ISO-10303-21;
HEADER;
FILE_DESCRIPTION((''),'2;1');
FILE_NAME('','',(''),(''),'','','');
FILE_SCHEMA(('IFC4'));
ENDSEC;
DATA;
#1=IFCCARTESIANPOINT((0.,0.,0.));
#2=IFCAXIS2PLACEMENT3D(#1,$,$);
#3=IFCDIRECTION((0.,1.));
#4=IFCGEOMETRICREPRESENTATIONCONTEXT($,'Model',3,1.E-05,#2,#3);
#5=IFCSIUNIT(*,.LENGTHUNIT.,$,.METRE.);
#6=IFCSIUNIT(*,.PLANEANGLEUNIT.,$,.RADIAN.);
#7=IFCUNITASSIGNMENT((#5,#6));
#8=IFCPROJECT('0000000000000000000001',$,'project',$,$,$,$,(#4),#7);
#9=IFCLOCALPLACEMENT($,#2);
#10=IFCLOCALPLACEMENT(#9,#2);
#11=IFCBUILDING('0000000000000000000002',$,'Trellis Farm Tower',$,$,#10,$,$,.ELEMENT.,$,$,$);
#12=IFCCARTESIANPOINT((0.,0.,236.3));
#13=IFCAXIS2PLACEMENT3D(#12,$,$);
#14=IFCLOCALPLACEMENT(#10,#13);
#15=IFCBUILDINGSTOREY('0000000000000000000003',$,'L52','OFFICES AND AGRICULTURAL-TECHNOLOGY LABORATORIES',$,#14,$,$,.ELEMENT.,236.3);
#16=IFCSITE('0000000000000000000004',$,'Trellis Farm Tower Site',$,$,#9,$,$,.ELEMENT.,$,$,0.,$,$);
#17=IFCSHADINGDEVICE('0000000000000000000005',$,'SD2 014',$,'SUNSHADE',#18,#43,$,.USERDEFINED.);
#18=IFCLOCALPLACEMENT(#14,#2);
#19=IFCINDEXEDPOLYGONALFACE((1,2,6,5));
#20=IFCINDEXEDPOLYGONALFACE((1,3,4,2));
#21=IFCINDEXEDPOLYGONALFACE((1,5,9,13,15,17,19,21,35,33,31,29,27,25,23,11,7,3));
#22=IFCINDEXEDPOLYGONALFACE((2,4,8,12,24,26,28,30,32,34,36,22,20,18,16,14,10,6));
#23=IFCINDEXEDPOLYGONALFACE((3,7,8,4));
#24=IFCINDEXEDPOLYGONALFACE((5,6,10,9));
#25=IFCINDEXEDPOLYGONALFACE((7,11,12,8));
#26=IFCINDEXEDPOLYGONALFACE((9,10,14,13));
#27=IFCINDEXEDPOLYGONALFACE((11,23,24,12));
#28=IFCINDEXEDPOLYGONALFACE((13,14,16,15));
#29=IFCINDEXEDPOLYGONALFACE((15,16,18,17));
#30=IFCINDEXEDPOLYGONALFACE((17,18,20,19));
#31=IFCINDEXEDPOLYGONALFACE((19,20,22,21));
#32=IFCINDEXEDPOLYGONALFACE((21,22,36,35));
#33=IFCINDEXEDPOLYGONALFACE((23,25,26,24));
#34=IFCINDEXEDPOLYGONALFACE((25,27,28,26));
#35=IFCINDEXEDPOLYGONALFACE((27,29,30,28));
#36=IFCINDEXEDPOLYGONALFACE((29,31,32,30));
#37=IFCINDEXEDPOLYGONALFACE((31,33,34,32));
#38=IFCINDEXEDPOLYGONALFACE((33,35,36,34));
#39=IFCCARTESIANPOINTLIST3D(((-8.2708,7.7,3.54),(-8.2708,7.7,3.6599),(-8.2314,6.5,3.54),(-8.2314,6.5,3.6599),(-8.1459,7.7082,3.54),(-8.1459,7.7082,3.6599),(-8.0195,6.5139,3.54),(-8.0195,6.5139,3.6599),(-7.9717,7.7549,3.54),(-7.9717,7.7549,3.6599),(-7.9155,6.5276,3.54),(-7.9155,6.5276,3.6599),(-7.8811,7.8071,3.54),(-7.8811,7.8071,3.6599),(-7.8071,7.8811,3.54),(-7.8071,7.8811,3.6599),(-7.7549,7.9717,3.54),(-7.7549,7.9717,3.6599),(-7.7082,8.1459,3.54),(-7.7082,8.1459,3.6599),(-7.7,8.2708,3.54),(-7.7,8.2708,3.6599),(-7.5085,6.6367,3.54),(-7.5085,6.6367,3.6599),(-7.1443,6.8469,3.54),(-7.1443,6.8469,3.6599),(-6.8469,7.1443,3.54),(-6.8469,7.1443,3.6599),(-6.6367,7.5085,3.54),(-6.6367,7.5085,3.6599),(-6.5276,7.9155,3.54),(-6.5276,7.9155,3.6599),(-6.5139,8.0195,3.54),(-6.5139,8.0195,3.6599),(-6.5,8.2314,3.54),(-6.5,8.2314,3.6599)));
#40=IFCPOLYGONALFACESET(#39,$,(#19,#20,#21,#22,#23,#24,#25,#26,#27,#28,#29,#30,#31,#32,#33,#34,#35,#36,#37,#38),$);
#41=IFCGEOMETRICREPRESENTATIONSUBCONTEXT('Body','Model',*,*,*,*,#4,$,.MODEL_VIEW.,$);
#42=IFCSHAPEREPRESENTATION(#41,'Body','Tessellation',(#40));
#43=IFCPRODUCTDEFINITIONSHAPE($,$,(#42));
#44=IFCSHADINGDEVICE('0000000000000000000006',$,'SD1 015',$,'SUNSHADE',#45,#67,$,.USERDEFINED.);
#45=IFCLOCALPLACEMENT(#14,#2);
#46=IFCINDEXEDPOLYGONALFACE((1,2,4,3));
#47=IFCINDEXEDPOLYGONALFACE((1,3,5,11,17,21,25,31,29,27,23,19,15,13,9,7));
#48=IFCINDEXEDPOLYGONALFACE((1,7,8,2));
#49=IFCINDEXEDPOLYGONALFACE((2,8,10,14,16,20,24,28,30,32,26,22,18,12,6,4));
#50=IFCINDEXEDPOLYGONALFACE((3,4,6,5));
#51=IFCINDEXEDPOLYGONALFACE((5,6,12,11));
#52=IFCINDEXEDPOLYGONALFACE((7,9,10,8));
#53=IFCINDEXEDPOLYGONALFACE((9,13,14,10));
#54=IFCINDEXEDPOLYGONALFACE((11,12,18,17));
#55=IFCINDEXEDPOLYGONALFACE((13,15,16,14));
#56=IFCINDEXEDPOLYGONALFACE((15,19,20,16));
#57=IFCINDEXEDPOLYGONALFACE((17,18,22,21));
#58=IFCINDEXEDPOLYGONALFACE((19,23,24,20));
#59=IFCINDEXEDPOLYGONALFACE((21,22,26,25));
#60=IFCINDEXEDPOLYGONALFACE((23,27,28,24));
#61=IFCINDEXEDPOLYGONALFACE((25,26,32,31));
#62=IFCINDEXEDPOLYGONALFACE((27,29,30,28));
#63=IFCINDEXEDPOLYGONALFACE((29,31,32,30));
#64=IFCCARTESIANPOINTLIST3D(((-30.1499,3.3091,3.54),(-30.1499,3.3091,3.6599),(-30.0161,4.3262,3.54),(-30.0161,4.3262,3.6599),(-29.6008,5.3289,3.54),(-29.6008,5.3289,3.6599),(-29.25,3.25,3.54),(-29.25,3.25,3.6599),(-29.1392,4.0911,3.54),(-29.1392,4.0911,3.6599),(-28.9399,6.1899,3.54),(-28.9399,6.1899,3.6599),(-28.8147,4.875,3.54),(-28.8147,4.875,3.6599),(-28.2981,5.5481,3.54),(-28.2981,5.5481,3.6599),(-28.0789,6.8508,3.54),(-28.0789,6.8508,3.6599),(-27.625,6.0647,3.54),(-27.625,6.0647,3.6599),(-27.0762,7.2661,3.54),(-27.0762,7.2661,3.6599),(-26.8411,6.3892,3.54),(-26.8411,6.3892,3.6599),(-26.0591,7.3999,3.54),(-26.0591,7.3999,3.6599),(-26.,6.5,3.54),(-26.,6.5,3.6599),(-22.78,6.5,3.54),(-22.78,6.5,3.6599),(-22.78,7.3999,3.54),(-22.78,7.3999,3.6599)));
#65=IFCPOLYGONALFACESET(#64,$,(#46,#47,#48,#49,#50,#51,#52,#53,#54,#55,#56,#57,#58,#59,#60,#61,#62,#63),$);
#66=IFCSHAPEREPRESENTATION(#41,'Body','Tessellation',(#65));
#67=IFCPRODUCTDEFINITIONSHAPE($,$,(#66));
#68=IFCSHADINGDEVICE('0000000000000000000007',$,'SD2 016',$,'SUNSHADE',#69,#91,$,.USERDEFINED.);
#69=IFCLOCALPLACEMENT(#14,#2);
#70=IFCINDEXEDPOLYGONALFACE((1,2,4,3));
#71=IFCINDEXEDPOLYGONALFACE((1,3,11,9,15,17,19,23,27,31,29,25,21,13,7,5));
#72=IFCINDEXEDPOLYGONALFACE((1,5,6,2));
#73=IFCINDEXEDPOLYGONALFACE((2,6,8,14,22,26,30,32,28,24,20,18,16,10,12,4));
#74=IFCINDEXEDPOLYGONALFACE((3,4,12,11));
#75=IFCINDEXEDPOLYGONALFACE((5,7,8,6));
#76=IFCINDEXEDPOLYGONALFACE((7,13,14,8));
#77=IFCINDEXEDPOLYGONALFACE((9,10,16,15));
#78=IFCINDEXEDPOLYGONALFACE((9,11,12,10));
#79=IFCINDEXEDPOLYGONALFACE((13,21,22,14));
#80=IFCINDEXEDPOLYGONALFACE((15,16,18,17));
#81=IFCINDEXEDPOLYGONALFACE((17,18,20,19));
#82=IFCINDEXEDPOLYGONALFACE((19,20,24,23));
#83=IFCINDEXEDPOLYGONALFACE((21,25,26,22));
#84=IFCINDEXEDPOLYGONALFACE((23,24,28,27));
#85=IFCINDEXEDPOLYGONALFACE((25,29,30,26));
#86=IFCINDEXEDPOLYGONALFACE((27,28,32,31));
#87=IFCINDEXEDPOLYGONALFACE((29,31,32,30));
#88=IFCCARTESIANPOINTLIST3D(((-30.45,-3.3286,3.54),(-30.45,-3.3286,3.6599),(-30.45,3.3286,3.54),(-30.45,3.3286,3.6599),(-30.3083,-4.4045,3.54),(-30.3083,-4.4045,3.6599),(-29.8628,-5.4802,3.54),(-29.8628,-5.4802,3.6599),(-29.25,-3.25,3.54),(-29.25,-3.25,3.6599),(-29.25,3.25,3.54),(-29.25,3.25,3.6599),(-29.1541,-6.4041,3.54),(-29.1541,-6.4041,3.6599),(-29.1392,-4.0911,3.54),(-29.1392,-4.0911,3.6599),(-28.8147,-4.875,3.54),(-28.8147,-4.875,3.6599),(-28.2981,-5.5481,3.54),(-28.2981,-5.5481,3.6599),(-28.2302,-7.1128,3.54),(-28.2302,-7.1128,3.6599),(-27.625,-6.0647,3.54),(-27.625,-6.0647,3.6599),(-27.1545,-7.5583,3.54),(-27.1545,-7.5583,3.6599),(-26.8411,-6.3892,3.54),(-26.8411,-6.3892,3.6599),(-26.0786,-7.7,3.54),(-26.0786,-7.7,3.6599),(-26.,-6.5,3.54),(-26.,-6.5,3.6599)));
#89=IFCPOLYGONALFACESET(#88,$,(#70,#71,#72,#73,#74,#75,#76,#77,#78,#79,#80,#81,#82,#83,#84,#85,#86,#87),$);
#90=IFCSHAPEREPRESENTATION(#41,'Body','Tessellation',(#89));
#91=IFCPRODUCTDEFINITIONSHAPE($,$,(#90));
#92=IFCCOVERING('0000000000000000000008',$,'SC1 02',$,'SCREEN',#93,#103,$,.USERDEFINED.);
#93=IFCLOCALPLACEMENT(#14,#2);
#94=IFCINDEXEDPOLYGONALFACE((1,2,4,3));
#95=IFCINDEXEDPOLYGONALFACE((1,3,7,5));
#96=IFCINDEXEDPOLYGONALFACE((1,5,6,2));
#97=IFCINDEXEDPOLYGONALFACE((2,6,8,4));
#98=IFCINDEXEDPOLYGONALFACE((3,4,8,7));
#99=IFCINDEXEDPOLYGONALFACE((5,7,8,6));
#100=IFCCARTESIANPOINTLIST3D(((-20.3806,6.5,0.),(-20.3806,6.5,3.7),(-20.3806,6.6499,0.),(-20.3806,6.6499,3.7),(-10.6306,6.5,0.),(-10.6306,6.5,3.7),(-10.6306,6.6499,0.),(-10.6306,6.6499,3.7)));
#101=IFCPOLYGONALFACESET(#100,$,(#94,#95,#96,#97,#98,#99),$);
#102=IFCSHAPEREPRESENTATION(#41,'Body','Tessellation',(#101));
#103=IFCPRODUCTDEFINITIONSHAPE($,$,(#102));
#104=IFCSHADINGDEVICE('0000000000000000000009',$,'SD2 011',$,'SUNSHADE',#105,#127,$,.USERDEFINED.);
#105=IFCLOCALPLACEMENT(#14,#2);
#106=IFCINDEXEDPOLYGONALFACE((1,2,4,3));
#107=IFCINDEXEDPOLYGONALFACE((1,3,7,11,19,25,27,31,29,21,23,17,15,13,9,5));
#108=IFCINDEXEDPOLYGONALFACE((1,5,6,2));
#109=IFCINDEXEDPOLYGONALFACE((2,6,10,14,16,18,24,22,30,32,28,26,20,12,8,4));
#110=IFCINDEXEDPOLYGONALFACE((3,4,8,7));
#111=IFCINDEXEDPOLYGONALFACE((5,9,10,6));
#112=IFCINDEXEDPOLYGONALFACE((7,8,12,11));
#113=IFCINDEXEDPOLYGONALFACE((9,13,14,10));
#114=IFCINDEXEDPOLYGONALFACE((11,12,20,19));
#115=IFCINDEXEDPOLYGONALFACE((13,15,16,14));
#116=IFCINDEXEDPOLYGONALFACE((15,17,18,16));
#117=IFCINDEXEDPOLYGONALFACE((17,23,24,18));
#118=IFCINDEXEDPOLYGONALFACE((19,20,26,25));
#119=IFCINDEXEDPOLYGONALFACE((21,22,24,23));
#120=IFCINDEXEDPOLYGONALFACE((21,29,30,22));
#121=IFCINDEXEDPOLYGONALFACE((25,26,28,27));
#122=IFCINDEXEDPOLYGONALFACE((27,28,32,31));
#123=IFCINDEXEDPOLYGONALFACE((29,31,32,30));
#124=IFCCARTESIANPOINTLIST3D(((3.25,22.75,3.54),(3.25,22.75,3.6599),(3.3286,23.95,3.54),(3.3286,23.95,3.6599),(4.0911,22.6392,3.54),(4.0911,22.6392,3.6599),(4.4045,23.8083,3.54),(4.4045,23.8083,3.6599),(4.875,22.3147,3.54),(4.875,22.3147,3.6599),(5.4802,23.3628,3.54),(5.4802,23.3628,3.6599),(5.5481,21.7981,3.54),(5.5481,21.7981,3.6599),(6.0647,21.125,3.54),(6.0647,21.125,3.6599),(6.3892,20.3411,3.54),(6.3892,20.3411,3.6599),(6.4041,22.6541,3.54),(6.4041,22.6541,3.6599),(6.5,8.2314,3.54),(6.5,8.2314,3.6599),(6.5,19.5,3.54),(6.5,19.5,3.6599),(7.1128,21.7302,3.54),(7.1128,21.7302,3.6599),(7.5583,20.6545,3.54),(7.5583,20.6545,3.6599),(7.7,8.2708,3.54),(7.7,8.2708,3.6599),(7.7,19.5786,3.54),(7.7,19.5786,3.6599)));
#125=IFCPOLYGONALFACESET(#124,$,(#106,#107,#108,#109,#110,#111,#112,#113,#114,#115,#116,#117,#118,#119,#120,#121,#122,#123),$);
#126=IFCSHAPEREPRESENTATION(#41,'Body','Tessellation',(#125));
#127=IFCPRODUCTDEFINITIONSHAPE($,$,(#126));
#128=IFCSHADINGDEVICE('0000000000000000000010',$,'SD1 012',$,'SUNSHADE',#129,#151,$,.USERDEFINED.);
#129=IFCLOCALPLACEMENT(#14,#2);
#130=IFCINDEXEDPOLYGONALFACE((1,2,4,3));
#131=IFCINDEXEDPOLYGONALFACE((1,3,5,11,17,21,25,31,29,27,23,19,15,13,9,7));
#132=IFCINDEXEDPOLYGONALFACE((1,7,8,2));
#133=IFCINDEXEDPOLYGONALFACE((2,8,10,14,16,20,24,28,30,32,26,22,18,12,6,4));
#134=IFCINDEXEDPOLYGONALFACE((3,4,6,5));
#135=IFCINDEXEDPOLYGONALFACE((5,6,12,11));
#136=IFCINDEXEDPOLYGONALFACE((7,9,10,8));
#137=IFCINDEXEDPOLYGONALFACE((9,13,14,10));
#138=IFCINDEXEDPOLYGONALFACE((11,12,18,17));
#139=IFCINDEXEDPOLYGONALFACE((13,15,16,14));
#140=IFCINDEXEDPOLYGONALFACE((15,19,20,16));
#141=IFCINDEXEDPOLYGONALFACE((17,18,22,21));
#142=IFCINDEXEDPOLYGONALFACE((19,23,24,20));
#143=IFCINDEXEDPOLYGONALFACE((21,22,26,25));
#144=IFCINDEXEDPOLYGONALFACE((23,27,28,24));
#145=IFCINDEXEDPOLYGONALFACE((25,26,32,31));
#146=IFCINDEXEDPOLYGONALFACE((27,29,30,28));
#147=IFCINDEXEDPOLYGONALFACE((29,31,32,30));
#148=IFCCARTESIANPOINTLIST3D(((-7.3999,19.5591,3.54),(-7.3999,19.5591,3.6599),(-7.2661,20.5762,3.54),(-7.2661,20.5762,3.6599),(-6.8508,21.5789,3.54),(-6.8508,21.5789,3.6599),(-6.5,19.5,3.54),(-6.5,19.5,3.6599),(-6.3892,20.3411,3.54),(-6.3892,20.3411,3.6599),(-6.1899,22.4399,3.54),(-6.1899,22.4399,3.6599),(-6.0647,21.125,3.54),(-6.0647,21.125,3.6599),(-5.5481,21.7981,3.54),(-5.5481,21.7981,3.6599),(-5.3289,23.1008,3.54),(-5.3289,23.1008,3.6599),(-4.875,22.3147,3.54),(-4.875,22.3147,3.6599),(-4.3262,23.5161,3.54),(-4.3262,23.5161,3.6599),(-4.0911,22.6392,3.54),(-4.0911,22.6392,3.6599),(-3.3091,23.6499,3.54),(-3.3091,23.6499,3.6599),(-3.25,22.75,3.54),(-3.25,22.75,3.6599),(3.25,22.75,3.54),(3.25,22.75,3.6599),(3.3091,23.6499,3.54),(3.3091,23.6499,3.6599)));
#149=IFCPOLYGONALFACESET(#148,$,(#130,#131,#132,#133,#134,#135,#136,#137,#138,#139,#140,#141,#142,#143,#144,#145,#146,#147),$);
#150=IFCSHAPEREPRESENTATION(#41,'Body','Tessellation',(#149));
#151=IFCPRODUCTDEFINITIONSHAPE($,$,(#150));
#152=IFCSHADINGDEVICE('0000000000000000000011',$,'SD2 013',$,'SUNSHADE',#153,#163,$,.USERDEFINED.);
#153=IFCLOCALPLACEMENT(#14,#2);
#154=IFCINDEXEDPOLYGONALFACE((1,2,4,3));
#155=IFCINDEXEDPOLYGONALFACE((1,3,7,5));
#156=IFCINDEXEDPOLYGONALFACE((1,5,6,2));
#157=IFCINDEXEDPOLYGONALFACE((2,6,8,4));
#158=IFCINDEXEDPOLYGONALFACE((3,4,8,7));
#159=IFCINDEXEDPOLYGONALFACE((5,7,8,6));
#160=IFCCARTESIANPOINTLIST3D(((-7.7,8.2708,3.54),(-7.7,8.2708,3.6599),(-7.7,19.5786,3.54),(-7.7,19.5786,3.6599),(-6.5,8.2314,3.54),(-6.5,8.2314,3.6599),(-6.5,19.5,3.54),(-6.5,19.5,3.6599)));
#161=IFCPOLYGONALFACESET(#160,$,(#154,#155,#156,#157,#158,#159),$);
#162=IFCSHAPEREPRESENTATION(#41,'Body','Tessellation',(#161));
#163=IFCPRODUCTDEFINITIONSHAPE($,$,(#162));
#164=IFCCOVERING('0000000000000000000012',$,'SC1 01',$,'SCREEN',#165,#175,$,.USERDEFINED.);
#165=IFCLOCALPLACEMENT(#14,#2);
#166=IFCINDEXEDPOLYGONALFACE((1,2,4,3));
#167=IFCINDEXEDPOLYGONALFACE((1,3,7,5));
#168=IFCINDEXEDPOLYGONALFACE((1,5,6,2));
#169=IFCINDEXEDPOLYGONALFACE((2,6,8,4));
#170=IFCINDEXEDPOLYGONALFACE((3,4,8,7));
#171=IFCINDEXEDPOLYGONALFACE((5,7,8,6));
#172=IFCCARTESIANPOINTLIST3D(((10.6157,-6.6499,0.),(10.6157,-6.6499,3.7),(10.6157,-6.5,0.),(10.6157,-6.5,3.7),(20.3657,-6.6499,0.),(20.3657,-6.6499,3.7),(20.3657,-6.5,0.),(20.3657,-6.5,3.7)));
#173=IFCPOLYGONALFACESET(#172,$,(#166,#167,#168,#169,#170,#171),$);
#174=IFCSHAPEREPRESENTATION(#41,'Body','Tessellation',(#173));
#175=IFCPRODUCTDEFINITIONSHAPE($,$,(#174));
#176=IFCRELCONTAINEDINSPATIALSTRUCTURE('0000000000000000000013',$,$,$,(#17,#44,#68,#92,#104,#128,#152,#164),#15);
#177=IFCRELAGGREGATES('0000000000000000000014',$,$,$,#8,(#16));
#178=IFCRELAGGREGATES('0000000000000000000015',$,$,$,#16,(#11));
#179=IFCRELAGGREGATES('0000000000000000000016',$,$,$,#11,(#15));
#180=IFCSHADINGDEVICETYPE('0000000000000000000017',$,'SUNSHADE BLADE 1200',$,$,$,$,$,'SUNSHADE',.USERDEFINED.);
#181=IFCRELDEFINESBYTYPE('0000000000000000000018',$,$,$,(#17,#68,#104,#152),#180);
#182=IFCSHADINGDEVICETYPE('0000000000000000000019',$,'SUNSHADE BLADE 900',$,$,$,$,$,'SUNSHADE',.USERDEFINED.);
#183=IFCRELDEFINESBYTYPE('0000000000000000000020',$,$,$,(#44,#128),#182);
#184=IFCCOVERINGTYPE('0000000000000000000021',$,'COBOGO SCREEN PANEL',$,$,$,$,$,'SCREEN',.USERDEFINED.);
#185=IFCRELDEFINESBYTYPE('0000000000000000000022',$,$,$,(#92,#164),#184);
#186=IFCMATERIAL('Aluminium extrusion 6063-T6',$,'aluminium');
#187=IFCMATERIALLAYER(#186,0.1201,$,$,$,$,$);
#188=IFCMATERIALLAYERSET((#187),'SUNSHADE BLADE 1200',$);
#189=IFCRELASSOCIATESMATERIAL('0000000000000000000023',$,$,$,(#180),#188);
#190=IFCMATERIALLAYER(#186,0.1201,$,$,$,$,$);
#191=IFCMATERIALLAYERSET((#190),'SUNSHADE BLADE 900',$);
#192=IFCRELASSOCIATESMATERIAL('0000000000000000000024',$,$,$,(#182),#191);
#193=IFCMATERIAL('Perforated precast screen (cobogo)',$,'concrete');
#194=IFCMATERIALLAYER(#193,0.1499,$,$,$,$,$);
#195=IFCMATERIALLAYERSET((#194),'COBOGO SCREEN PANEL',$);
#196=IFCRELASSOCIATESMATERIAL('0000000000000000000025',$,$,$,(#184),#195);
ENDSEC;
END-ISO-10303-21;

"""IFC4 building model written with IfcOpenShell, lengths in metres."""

from ifc_helpers import new_model, si_unit, direction, frame, origin, place, context, subcontext, project, spatial, polyline, outline, extrude, source, transform, mapped, material, layer, layer_set, type_object, element, save


model = new_model("IFC4")

# Units and contexts
model_context = context("Model", 3, precision=1e-05, world=origin(), true_north=direction((0.0, 1.0)))
body_context = subcontext(model_context, "Body", "Model", "MODEL_VIEW")
ifc_project = project(units=[si_unit("LENGTHUNIT", "METRE"), si_unit("PLANEANGLEUNIT", "RADIAN")], contexts=[model_context])

# Site, building, storey
site_placement = place(None, origin())
site = spatial("IfcSite", under=ifc_project, at=site_placement, Name="Trellis Farm Tower Site", CompositionType="ELEMENT", RefElevation=0.0)
building_placement = place(site_placement, origin())
building = spatial("IfcBuilding", under=site, at=building_placement, Name="Trellis Farm Tower", CompositionType="ELEMENT")
storey_placement = place(building_placement, frame((0.0, 0.0, 236.3)))
storey = spatial("IfcBuildingStorey", under=building, at=storey_placement, Name="L52", Description="OFFICES AND AGRICULTURAL-TECHNOLOGY LABORATORIES", CompositionType="ELEMENT", Elevation=236.3)

# Shared definitions
placement_1 = place(storey_placement, origin())
ifc_material_1 = material(Name="Aluminium extrusion 6063-T6", Category="aluminium")

# Shading devices
ifc_layer_1 = layer(ifc_material_1, 0.1201)
ifc_layer_set_1 = layer_set([ifc_layer_1], Name="SUNSHADE BLADE 1200")
shading_device_type_1 = type_object("IfcShadingDeviceType", Name="SUNSHADE BLADE 1200", ElementType="SUNSHADE", PredefinedType="USERDEFINED", material=ifc_layer_set_1)
shared_shape_1 = source(origin(), body_context, "Body", "SweptSolid", [
    extrude(outline(polyline([(-7.7, 8.2708), (-7.7087, 8.1372), (-7.707, 8.1501), (-7.7549, 7.9717), (-7.8071, 7.8811), (-7.8811, 7.8071), (-7.9717, 7.7549), (-8.1501, 7.707), (-8.1372, 7.7087), (-8.2708, 7.7), (-8.2314, 6.5), (-8.0195, 6.5139), (-7.9155, 6.5276), (-7.5085, 6.6367), (-7.1443, 6.8469), (-6.8469, 7.1443), (-6.6367, 7.5085), (-6.5276, 7.9155), (-6.5139, 8.0195), (-6.5, 8.2314), (-7.7, 8.2708)])), origin(), (0.0, 0.0, 1.0), 0.1199),
])
placement_2 = place(storey_placement, frame((0.0, 0.0, 3.54)))
element("IfcShadingDevice", 1, at=placement_2, inside=storey, type_object=shading_device_type_1, Name="SD2 014", ObjectType="SUNSHADE", PredefinedType="USERDEFINED", context=body_context, shape_type="MappedRepresentation", body=[
    mapped(shared_shape_1, transform((0.0, 0.0, 0.0))),
])
ifc_layer_2 = layer(ifc_material_1, 0.1201)
ifc_layer_set_2 = layer_set([ifc_layer_2], Name="SUNSHADE BLADE 900")
shading_device_type_2 = type_object("IfcShadingDeviceType", Name="SUNSHADE BLADE 900", ElementType="SUNSHADE", PredefinedType="USERDEFINED", material=ifc_layer_set_2)
shared_shape_2 = source(origin(), body_context, "Body", "SweptSolid", [
    extrude(outline(polyline([(-22.78, 7.3999), (-26.0591, 7.3999), (-27.0762, 7.2661), (-28.0789, 6.8508), (-28.9399, 6.1899), (-29.6008, 5.3289), (-30.0161, 4.3262), (-30.1499, 3.3091), (-29.25, 3.25), (-29.1392, 4.0911), (-28.8147, 4.875), (-28.2981, 5.5481), (-27.625, 6.0647), (-26.8411, 6.3892), (-26.0, 6.5), (-22.78, 6.5), (-22.78, 7.3999)])), origin(), (0.0, 0.0, 1.0), 0.1199),
])
element("IfcShadingDevice", 2, at=placement_2, inside=storey, type_object=shading_device_type_2, Name="SD1 015", ObjectType="SUNSHADE", PredefinedType="USERDEFINED", context=body_context, shape_type="MappedRepresentation", body=[
    mapped(shared_shape_2, transform((0.0, 0.0, 0.0))),
])
shared_shape_3 = source(origin(), body_context, "Body", "SweptSolid", [
    extrude(outline(polyline([(-30.45, 3.3286), (-30.45, -3.3286), (-30.3083, -4.4045), (-29.8628, -5.4802), (-29.1541, -6.4041), (-28.2302, -7.1128), (-27.1545, -7.5583), (-26.0786, -7.7), (-26.0, -6.5), (-26.8411, -6.3892), (-27.625, -6.0647), (-28.2981, -5.5481), (-28.8147, -4.875), (-29.1392, -4.0911), (-29.25, -3.25), (-29.25, 3.25), (-30.45, 3.3286)])), origin(), (0.0, 0.0, 1.0), 0.1199),
])
element("IfcShadingDevice", 3, at=placement_2, inside=storey, type_object=shading_device_type_1, Name="SD2 016", ObjectType="SUNSHADE", PredefinedType="USERDEFINED", context=body_context, shape_type="MappedRepresentation", body=[
    mapped(shared_shape_3, transform((0.0, 0.0, 0.0))),
])

# Covering
ifc_material_2 = material(Name="Perforated precast screen (cobogo)", Category="concrete")
ifc_layer_3 = layer(ifc_material_2, 0.1499)
ifc_layer_set_3 = layer_set([ifc_layer_3], Name="COBOGO SCREEN PANEL")
covering_type = type_object("IfcCoveringType", Name="COBOGO SCREEN PANEL", ElementType="SCREEN", PredefinedType="USERDEFINED", material=ifc_layer_set_3)
shared_shape_4 = source(origin(), body_context, "Body", "SweptSolid", [
    extrude(outline(polyline([(-10.6306, 6.6499), (-20.3806, 6.6499), (-20.3806, 6.5), (-10.6306, 6.5), (-10.6306, 6.6499)])), origin(), (0.0, 0.0, 1.0), 3.7),
])
element("IfcCovering", 4, at=placement_1, inside=storey, type_object=covering_type, Name="SC1 02", ObjectType="SCREEN", PredefinedType="USERDEFINED", context=body_context, shape_type="MappedRepresentation", body=[
    mapped(shared_shape_4, transform((0.0, 0.0, 0.0))),
])

# Shading devices
shared_shape_5 = source(origin(), body_context, "Body", "SweptSolid", [
    extrude(outline(polyline([(7.7, 8.2708), (7.7, 19.5786), (7.5583, 20.6545), (7.1128, 21.7302), (6.4041, 22.6541), (5.4802, 23.3628), (4.4045, 23.8083), (3.3286, 23.95), (3.25, 22.75), (4.0911, 22.6392), (4.875, 22.3147), (5.5481, 21.7981), (6.0647, 21.125), (6.3892, 20.3411), (6.5, 19.5), (6.5, 8.2314), (7.7, 8.2708)])), origin(), (0.0, 0.0, 1.0), 0.1199),
])
element("IfcShadingDevice", 5, at=placement_2, inside=storey, type_object=shading_device_type_1, Name="SD2 011", ObjectType="SUNSHADE", PredefinedType="USERDEFINED", context=body_context, shape_type="MappedRepresentation", body=[
    mapped(shared_shape_5, transform((0.0, 0.0, 0.0))),
])
shared_shape_6 = source(origin(), body_context, "Body", "SweptSolid", [
    extrude(outline(polyline([(3.3091, 23.6499), (-3.3091, 23.6499), (-4.3262, 23.5161), (-5.3289, 23.1008), (-6.1899, 22.4399), (-6.8508, 21.5789), (-7.2661, 20.5762), (-7.3999, 19.5591), (-6.5, 19.5), (-6.3892, 20.3411), (-6.0647, 21.125), (-5.5481, 21.7981), (-4.875, 22.3147), (-4.0911, 22.6392), (-3.25, 22.75), (3.25, 22.75), (3.3091, 23.6499)])), origin(), (0.0, 0.0, 1.0), 0.1199),
])
element("IfcShadingDevice", 6, at=placement_2, inside=storey, type_object=shading_device_type_2, Name="SD1 012", ObjectType="SUNSHADE", PredefinedType="USERDEFINED", context=body_context, shape_type="MappedRepresentation", body=[
    mapped(shared_shape_6, transform((0.0, 0.0, 0.0))),
])
shared_shape_7 = source(origin(), body_context, "Body", "SweptSolid", [
    extrude(outline(polyline([(-7.7, 19.5786), (-7.7, 8.2708), (-6.5, 8.2314), (-6.5, 19.5), (-7.7, 19.5786)])), origin(), (0.0, 0.0, 1.0), 0.1199),
])
element("IfcShadingDevice", 7, at=placement_2, inside=storey, type_object=shading_device_type_1, Name="SD2 013", ObjectType="SUNSHADE", PredefinedType="USERDEFINED", context=body_context, shape_type="MappedRepresentation", body=[
    mapped(shared_shape_7, transform((0.0, 0.0, 0.0))),
])

# Covering
shared_shape_8 = source(origin(), body_context, "Body", "SweptSolid", [
    extrude(outline(polyline([(10.6157, -6.6499), (20.3657, -6.6499), (20.3657, -6.5), (10.6157, -6.5), (10.6157, -6.6499)])), origin(), (0.0, 0.0, 1.0), 3.7),
])
element("IfcCovering", 8, at=placement_1, inside=storey, type_object=covering_type, Name="SC1 01", ObjectType="SCREEN", PredefinedType="USERDEFINED", context=body_context, shape_type="MappedRepresentation", body=[
    mapped(shared_shape_8, transform((0.0, 0.0, 0.0))),
])

save(model, "model.ifc")
